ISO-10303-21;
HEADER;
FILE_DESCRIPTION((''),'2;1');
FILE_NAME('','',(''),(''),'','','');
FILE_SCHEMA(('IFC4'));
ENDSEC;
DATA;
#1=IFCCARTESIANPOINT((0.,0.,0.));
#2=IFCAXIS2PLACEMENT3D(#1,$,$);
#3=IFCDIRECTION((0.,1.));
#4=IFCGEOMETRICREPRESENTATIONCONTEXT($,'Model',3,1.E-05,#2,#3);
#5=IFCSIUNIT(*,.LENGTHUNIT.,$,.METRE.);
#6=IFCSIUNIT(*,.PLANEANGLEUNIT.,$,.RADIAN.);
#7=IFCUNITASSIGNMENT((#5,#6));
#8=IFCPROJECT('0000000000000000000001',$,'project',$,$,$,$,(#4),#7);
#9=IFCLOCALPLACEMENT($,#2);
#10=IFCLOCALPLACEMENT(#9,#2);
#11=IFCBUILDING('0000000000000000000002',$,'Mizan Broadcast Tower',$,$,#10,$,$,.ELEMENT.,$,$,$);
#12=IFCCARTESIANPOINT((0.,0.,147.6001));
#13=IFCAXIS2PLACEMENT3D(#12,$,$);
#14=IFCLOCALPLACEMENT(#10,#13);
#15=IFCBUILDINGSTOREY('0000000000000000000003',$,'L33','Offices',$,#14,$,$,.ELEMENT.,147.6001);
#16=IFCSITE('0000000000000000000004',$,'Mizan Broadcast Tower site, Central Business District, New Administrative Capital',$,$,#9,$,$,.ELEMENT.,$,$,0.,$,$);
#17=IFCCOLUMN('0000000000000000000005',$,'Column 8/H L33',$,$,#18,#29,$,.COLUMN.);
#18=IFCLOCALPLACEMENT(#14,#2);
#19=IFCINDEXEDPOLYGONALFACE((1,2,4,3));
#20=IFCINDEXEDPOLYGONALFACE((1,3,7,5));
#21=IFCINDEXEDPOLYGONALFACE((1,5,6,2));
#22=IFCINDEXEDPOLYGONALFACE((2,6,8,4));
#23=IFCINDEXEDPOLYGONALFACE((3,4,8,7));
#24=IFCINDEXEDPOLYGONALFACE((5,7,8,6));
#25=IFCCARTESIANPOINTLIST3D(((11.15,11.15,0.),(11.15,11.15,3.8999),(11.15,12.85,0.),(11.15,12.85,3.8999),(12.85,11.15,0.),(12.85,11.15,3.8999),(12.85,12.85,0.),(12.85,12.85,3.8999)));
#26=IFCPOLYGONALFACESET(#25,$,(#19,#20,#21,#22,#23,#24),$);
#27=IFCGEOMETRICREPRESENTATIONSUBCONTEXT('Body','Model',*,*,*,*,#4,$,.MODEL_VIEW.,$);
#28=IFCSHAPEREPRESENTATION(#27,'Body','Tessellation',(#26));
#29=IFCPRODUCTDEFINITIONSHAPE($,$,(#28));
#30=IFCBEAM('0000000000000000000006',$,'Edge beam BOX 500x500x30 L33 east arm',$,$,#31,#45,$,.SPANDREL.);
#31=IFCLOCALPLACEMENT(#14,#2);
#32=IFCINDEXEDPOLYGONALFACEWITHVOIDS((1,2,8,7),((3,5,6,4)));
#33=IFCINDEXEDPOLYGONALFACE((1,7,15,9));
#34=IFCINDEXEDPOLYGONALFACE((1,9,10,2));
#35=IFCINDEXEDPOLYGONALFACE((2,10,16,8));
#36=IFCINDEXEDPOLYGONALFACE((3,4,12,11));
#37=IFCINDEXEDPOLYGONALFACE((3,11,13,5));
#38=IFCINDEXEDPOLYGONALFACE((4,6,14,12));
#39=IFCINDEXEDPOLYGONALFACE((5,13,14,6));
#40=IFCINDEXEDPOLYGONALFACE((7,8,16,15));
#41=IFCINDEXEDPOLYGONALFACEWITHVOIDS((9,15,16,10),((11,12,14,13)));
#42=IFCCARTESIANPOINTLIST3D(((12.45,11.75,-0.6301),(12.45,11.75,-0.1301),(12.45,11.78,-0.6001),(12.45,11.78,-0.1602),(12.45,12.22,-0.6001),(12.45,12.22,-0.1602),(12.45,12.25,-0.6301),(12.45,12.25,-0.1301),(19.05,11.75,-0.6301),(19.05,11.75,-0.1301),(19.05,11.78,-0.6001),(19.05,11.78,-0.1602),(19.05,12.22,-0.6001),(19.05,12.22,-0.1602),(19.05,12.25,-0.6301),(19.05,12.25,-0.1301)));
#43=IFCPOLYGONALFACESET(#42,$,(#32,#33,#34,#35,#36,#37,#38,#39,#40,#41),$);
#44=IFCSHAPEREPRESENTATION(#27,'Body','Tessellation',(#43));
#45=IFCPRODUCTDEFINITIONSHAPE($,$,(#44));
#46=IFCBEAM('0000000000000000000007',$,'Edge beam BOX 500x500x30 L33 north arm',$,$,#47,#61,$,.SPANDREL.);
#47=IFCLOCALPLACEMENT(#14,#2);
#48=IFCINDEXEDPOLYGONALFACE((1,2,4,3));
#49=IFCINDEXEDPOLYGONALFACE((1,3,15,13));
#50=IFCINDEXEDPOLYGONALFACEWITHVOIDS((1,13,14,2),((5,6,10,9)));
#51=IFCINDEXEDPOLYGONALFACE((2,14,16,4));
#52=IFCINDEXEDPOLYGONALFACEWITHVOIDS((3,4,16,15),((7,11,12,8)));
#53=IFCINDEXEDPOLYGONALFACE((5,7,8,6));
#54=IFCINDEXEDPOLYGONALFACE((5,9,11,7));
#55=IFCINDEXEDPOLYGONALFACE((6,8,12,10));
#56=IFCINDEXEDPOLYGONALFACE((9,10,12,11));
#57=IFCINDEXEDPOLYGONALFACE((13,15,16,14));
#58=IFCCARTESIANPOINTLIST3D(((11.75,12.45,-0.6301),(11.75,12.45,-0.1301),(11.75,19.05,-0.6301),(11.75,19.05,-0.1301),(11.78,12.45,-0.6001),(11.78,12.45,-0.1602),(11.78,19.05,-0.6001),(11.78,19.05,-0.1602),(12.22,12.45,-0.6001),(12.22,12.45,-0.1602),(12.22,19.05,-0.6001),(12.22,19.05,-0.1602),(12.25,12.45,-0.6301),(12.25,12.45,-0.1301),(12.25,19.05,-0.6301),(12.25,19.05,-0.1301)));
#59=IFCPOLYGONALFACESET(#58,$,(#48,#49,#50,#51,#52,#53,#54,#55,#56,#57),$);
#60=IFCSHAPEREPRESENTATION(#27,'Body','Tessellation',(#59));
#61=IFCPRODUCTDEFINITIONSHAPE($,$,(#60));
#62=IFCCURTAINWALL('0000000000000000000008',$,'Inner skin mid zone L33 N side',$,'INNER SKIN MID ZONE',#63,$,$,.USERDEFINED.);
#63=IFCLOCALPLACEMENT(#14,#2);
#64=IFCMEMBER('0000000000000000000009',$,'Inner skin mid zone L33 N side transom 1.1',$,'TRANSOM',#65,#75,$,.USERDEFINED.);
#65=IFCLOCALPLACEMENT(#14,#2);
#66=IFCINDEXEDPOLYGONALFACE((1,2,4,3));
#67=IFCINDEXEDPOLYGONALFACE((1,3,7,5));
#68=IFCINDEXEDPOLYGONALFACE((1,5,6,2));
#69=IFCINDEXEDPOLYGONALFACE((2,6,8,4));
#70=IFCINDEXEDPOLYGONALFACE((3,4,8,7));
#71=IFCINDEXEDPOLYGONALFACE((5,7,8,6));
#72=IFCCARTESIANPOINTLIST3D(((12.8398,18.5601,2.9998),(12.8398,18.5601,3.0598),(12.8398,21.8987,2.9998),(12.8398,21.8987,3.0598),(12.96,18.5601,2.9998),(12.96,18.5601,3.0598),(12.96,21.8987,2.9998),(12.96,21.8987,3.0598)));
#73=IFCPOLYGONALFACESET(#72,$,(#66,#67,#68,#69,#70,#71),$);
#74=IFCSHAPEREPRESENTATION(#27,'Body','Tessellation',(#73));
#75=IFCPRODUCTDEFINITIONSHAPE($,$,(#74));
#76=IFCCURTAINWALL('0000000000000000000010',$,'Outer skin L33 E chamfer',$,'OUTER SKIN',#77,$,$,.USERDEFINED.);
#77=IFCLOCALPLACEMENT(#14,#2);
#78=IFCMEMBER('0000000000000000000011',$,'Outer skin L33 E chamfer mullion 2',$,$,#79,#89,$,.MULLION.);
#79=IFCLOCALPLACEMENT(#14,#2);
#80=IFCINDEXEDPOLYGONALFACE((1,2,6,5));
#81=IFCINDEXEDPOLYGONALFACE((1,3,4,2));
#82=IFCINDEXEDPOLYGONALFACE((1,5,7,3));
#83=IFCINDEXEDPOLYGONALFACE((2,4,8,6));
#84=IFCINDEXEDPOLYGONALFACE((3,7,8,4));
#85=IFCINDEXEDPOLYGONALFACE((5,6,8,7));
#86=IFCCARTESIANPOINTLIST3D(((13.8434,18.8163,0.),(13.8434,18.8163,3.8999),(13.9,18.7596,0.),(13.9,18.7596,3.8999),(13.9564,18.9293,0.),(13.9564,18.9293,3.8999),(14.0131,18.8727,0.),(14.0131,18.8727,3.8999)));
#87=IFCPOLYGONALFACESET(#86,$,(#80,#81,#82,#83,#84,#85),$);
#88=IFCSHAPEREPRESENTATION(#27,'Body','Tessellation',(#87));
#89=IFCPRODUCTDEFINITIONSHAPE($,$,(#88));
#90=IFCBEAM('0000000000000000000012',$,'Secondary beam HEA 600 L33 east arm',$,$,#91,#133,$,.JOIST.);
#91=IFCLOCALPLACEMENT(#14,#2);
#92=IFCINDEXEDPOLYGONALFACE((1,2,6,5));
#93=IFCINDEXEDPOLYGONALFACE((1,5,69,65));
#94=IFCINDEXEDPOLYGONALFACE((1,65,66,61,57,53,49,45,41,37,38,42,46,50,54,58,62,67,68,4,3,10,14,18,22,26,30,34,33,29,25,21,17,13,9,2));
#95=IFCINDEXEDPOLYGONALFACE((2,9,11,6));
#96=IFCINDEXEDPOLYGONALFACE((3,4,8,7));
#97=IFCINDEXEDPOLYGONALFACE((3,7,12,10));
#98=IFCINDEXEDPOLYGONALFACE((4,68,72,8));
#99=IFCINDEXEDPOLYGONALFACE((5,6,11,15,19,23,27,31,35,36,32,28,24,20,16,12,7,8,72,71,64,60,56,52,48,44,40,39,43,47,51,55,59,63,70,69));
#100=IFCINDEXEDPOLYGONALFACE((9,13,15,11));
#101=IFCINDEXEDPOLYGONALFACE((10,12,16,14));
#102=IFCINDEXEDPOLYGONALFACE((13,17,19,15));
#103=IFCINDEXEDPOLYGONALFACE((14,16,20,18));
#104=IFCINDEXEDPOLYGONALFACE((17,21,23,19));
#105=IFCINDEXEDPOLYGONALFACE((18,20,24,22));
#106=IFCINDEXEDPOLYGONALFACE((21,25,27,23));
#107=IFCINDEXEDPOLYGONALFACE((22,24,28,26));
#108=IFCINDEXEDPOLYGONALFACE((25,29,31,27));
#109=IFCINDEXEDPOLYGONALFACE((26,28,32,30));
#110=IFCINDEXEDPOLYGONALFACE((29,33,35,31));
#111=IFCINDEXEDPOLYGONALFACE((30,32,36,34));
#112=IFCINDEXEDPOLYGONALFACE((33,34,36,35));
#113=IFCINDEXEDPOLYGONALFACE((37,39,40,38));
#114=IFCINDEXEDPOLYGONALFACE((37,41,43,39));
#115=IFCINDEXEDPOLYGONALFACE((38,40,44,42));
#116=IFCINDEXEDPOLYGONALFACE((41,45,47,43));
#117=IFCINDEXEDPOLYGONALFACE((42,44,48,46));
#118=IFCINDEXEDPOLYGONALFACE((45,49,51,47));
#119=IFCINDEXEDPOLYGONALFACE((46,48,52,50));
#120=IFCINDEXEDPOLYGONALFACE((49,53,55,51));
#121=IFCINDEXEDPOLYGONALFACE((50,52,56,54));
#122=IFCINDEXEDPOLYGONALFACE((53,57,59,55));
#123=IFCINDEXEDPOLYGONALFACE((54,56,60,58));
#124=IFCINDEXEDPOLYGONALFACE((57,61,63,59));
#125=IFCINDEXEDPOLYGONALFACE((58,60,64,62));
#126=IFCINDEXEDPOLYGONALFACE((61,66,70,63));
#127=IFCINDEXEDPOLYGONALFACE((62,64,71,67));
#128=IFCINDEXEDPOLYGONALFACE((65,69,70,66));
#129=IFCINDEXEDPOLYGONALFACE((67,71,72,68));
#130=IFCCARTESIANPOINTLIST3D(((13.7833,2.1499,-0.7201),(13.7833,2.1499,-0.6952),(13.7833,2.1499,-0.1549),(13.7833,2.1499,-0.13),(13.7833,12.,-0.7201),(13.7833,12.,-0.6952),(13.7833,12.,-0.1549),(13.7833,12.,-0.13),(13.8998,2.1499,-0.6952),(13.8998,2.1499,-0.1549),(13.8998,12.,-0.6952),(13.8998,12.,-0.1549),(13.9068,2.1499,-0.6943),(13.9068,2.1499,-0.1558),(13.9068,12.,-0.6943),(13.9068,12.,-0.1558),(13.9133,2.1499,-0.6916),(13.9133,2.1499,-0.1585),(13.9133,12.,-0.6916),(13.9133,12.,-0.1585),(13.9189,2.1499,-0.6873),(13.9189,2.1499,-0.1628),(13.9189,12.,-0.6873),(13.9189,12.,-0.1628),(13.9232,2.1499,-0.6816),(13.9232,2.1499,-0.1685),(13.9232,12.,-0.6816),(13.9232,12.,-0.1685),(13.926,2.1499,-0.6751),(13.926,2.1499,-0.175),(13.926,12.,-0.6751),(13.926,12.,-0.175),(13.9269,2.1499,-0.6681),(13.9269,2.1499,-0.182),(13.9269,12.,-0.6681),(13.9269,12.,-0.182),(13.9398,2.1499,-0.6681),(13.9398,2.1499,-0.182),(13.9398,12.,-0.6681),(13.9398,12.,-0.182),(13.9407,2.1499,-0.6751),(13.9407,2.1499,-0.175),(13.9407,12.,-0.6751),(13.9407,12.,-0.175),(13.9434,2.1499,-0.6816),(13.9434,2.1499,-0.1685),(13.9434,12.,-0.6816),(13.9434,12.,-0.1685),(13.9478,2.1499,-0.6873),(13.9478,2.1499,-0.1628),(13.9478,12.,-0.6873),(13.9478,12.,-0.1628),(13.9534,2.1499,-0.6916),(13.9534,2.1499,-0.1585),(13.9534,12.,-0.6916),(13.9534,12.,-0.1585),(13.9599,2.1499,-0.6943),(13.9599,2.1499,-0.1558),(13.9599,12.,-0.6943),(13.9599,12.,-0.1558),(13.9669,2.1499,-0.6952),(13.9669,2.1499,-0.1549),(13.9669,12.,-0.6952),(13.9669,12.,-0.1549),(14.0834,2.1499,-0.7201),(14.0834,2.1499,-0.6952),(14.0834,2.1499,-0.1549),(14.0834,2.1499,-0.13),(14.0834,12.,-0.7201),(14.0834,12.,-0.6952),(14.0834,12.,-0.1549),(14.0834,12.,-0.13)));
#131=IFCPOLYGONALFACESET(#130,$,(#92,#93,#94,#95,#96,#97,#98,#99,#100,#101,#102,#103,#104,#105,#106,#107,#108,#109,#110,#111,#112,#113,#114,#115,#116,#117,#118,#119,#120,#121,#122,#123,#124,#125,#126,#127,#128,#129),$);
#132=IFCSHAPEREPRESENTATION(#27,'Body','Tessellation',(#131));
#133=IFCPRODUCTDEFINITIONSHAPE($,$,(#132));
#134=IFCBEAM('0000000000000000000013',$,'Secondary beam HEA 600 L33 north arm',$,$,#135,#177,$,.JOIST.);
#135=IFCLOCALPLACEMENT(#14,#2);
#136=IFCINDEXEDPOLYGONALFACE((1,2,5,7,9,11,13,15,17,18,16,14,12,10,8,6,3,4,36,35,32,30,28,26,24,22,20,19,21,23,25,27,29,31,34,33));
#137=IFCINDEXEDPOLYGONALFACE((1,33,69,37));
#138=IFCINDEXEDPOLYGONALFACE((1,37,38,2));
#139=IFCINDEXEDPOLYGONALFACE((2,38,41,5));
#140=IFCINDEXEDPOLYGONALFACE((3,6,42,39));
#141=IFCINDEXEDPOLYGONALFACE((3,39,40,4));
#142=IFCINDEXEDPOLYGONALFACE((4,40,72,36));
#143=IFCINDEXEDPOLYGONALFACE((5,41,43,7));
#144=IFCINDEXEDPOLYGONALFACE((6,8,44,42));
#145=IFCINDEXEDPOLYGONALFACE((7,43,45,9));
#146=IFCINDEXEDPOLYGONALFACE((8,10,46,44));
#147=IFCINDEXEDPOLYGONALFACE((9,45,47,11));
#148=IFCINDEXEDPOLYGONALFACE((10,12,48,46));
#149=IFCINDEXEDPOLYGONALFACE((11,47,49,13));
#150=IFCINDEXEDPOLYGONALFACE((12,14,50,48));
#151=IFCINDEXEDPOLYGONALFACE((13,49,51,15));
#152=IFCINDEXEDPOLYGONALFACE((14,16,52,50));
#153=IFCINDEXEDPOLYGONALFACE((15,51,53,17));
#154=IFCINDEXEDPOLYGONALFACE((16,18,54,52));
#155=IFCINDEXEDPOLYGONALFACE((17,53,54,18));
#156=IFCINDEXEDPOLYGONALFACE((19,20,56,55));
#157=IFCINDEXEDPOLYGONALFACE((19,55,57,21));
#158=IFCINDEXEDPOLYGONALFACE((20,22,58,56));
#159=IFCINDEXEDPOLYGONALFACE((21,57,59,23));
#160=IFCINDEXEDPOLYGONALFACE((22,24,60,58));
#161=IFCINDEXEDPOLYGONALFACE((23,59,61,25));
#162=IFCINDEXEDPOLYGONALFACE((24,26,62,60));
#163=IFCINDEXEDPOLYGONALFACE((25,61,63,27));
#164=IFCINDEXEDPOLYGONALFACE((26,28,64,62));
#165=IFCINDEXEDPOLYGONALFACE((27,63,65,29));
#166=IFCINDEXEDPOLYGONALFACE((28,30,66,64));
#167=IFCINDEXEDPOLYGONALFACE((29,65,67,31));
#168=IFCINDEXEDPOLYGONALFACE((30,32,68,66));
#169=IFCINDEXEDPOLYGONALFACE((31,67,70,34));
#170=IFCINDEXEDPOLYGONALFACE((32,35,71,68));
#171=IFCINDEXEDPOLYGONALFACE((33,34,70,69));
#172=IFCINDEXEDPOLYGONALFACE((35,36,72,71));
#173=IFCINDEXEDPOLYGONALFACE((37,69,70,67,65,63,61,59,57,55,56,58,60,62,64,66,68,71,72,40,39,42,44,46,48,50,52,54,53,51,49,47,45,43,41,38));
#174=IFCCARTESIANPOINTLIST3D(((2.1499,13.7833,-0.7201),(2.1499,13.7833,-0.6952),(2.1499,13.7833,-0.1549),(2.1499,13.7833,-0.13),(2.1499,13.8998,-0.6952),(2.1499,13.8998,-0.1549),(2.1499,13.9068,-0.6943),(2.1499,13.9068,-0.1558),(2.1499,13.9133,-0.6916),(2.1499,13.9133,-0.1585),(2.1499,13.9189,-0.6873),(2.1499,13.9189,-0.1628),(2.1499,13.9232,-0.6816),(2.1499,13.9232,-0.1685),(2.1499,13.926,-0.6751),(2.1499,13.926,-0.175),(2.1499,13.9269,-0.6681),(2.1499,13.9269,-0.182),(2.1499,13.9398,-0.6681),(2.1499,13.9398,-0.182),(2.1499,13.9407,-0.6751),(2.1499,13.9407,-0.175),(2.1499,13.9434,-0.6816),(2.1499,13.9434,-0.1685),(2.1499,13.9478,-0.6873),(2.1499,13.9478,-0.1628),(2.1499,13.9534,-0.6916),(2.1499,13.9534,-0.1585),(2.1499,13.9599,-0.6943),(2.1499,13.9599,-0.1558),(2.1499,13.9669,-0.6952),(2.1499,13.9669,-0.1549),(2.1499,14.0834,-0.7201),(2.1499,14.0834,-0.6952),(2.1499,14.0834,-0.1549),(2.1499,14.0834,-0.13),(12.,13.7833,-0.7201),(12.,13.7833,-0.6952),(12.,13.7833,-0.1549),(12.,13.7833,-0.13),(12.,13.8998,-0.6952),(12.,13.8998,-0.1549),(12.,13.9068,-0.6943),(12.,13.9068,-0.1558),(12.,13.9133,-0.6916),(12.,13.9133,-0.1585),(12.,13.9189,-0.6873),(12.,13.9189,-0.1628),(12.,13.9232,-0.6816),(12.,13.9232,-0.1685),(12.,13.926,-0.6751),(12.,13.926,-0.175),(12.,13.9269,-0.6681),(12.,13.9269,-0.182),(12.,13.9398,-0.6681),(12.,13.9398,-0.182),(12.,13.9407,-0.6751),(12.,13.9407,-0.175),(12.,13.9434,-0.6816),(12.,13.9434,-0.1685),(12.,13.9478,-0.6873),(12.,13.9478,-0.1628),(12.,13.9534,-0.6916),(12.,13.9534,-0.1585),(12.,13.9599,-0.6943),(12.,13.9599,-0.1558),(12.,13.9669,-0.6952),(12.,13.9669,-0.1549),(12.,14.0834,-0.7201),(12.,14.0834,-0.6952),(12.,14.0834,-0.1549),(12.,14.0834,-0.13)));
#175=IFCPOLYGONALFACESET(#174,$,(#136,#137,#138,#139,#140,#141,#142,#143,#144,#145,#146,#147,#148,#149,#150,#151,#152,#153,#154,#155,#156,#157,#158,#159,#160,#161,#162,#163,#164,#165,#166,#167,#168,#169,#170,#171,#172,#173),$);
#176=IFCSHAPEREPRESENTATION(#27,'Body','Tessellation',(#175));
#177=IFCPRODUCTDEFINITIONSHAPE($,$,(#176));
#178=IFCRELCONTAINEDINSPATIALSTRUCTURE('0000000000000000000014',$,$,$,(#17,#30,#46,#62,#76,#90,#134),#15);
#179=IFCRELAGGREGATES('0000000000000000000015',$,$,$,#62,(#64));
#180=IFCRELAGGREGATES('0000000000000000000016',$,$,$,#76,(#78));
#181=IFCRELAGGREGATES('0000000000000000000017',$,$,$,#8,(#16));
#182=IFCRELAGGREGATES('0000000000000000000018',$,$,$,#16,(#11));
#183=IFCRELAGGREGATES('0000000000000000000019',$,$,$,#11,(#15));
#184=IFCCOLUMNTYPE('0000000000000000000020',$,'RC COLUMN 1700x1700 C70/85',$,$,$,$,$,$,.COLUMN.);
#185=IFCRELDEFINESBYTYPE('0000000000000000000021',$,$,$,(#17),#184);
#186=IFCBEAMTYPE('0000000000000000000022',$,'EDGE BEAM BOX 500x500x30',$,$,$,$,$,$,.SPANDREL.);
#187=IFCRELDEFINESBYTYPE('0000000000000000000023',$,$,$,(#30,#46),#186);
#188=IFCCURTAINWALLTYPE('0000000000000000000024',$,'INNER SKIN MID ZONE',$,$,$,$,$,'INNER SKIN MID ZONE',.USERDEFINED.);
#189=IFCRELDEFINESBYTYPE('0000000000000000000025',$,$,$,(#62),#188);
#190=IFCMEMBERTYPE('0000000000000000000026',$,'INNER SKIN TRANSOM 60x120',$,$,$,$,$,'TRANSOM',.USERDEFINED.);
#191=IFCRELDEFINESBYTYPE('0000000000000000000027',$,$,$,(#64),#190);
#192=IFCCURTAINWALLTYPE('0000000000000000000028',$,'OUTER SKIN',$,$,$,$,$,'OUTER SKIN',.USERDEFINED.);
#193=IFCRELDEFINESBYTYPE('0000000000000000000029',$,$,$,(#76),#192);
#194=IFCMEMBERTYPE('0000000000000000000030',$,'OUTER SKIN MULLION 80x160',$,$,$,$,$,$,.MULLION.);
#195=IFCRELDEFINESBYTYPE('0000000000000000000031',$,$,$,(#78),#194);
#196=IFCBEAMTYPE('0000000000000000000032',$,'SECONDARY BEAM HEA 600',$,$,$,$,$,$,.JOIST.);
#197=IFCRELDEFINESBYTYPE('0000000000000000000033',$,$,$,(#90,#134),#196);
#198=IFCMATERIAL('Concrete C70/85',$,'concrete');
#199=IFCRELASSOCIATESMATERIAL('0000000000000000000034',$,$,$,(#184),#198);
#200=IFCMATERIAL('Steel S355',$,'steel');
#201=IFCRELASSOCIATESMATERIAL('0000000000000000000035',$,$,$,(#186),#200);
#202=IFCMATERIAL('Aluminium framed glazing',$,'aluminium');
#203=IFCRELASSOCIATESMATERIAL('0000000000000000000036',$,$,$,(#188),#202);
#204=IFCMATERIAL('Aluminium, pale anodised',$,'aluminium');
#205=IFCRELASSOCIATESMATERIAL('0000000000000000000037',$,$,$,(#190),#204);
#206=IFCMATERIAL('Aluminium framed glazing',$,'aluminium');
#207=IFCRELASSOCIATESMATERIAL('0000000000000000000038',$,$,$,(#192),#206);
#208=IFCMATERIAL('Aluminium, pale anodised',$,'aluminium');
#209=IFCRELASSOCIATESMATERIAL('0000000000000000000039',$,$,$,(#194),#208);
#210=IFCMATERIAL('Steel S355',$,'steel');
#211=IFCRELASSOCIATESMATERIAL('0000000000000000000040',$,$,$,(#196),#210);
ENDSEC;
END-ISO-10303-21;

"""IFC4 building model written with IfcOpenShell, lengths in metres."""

from ifc_helpers import new_model, si_unit, direction, frame, origin, origin_2d, place, context, subcontext, project, spatial, rectangle, hollow_rectangle, i_section, extrude, material, material_profile, profile_set, type_object, element, aggregate, save


model = new_model("IFC4")

# Units and contexts
model_context = context("Model", 3, precision=1e-05, world=origin(), true_north=direction((0.0, 1.0)))
body_context = subcontext(model_context, "Body", "Model", "MODEL_VIEW")
ifc_project = project(units=[si_unit("LENGTHUNIT", "METRE"), si_unit("PLANEANGLEUNIT", "RADIAN")], contexts=[model_context])

# Site, building, storey
site_placement = place(None, origin())
site = spatial("IfcSite", under=ifc_project, at=site_placement, Name="Mizan Broadcast Tower site, Central Business District, New Administrative Capital", CompositionType="ELEMENT", RefElevation=0.0)
building_placement = place(site_placement, origin())
building = spatial("IfcBuilding", under=site, at=building_placement, Name="Mizan Broadcast Tower", CompositionType="ELEMENT")
storey_placement = place(building_placement, frame((0.0, 0.0, 147.6001)))
storey = spatial("IfcBuildingStorey", under=building, at=storey_placement, Name="L33", Description="Offices", CompositionType="ELEMENT", Elevation=147.6001)

# Column
ifc_material_1 = material(Name="Concrete C70/85", Category="concrete")
ifc_material_profile_1 = material_profile(ifc_material_1, rectangle(XDim=1.7, YDim=1.7, at=origin_2d()), Name="RC 1700x1700")
ifc_profile_set_1 = profile_set([ifc_material_profile_1], Name="Concrete C70/85")
column_type = type_object("IfcColumnType", Name="RC COLUMN 1700x1700 C70/85", PredefinedType="COLUMN", material=ifc_profile_set_1)
column_placement = place(storey_placement, frame((12.0, 12.0, 0.0), z_axis=(0.0, 0.0, 1.0), x_axis=(1.0, 0.0, 0.0)))
element("IfcColumn", 1, at=column_placement, inside=storey, type_object=column_type, Name="Column 8/H L33", PredefinedType="COLUMN", context=body_context, shape_type="SweptSolid", body=[
    extrude(rectangle(XDim=1.7, YDim=1.7, at=origin_2d()), origin(), (0.0, 0.0, 1.0), 3.8999),
])

# Beams
ifc_material_2 = material(Name="Steel S355", Category="steel")
ifc_material_profile_2 = material_profile(ifc_material_2, hollow_rectangle(XDim=0.5, YDim=0.5, WallThickness=0.03, at=origin_2d()), Name="BOX 500x500x30")
ifc_profile_set_2 = profile_set([ifc_material_profile_2], Name="Steel S355")
beam_type_1 = type_object("IfcBeamType", Name="EDGE BEAM BOX 500x500x30", PredefinedType="SPANDREL", material=ifc_profile_set_2)
for number, where, z_axis, x_axis, name in (
    (2, (12.45, 12.0, -0.3801), (1.0, 0.0, 0.0), (0.0, 1.0, 0.0), "Edge beam BOX 500x500x30 L33 east arm"),
    (3, (12.0, 12.45, -0.3801), (0.0, 1.0, 0.0), (-1.0, 0.0, 0.0), "Edge beam BOX 500x500x30 L33 north arm"),
):
    element("IfcBeam", number, at=place(storey_placement, frame(where, z_axis=z_axis, x_axis=x_axis)), inside=storey, type_object=beam_type_1, Name=name, PredefinedType="SPANDREL", context=body_context, shape_type="SweptSolid", body=[
        extrude(hollow_rectangle(XDim=0.5, YDim=0.5, WallThickness=0.03, at=origin_2d()), origin(), (0.0, 0.0, 1.0), 6.6001),
    ])

# Curtain walls, members
ifc_material_3 = material(Name="Aluminium framed glazing", Category="aluminium")
curtain_wall_type_1 = type_object("IfcCurtainWallType", Name="INNER SKIN MID ZONE", ElementType="INNER SKIN MID ZONE", PredefinedType="USERDEFINED", material=ifc_material_3)
curtain_wall_1_placement = place(storey_placement, origin())
curtain_wall_1 = element("IfcCurtainWall", 4, at=curtain_wall_1_placement, inside=storey, type_object=curtain_wall_type_1, Name="Inner skin mid zone L33 N side", ObjectType="INNER SKIN MID ZONE", PredefinedType="USERDEFINED")
ifc_material_4 = material(Name="Aluminium, pale anodised", Category="aluminium")
ifc_material_profile_3 = material_profile(ifc_material_4, rectangle(XDim=0.1201, YDim=0.0601, at=origin_2d()), Name="TRANSOM 120x60")
ifc_profile_set_3 = profile_set([ifc_material_profile_3], Name="Aluminium, pale anodised")
member_type_1 = type_object("IfcMemberType", Name="INNER SKIN TRANSOM 60x120", ElementType="TRANSOM", PredefinedType="USERDEFINED", material=ifc_profile_set_3)
member_1_placement = place(storey_placement, frame((12.8999, 18.5601, 3.0298), z_axis=(0.0, 1.0, 0.0), x_axis=(-1.0, 0.0, 0.0)))
member_1 = element("IfcMember", 5, at=member_1_placement, type_object=member_type_1, Name="Inner skin mid zone L33 N side transom 1.1", ObjectType="TRANSOM", PredefinedType="USERDEFINED", context=body_context, shape_type="SweptSolid", body=[
    extrude(rectangle(XDim=0.1201, YDim=0.0601, at=origin_2d()), origin(), (0.0, 0.0, 1.0), 3.3386),
])
aggregate(curtain_wall_1, [member_1])
ifc_material_5 = material(Name="Aluminium framed glazing", Category="aluminium")
curtain_wall_type_2 = type_object("IfcCurtainWallType", Name="OUTER SKIN", ElementType="OUTER SKIN", PredefinedType="USERDEFINED", material=ifc_material_5)
curtain_wall_2_placement = place(storey_placement, origin())
curtain_wall_2 = element("IfcCurtainWall", 6, at=curtain_wall_2_placement, inside=storey, type_object=curtain_wall_type_2, Name="Outer skin L33 E chamfer", ObjectType="OUTER SKIN", PredefinedType="USERDEFINED")
ifc_material_6 = material(Name="Aluminium, pale anodised", Category="aluminium")
ifc_material_profile_4 = material_profile(ifc_material_6, rectangle(XDim=0.1599, YDim=0.0801, at=origin_2d()), Name="MULLION 160x80")
ifc_profile_set_4 = profile_set([ifc_material_profile_4], Name="Aluminium, pale anodised")
member_type_2 = type_object("IfcMemberType", Name="OUTER SKIN MULLION 80x160", PredefinedType="MULLION", material=ifc_profile_set_4)
member_2_placement = place(storey_placement, frame((13.9282, 18.8445, 0.0), z_axis=(0.0, 0.0, 1.0), x_axis=(-0.707107, -0.707107, 0.0)))
member_2 = element("IfcMember", 7, at=member_2_placement, type_object=member_type_2, Name="Outer skin L33 E chamfer mullion 2", PredefinedType="MULLION", context=body_context, shape_type="SweptSolid", body=[
    extrude(rectangle(XDim=0.1599, YDim=0.0801, at=origin_2d()), origin(), (0.0, 0.0, 1.0), 3.8999),
])

# Beams
ifc_material_7 = material(Name="Steel S355", Category="steel")
ifc_material_profile_5 = material_profile(ifc_material_7, i_section(OverallWidth=0.3, OverallDepth=0.5901, WebThickness=0.0129, FlangeThickness=0.0249, FilletRadius=0.0271, at=origin_2d()), Name="HEA 600")
ifc_profile_set_5 = profile_set([ifc_material_profile_5], Name="Steel S355")
beam_type_2 = type_object("IfcBeamType", Name="SECONDARY BEAM HEA 600", PredefinedType="JOIST", material=ifc_profile_set_5)
for number, where, z_axis, x_axis, name in (
    (8, (13.9333, 12.0, -0.425), (0.0, -1.0, 0.0), (1.0, 0.0, 0.0), "Secondary beam HEA 600 L33 east arm"),
    (9, (12.0, 13.9333, -0.425), (-1.0, 0.0, 0.0), (0.0, -1.0, 0.0), "Secondary beam HEA 600 L33 north arm"),
):
    element("IfcBeam", number, at=place(storey_placement, frame(where, z_axis=z_axis, x_axis=x_axis)), inside=storey, type_object=beam_type_2, Name=name, PredefinedType="JOIST", context=body_context, shape_type="SweptSolid", body=[
        extrude(i_section(OverallWidth=0.3, OverallDepth=0.5901, WebThickness=0.0129, FlangeThickness=0.0249, FilletRadius=0.0271, at=origin_2d()), origin(), (0.0, 0.0, 1.0), 9.8501),
    ])

aggregate(curtain_wall_2, [member_2])

save(model, "model.ifc")
